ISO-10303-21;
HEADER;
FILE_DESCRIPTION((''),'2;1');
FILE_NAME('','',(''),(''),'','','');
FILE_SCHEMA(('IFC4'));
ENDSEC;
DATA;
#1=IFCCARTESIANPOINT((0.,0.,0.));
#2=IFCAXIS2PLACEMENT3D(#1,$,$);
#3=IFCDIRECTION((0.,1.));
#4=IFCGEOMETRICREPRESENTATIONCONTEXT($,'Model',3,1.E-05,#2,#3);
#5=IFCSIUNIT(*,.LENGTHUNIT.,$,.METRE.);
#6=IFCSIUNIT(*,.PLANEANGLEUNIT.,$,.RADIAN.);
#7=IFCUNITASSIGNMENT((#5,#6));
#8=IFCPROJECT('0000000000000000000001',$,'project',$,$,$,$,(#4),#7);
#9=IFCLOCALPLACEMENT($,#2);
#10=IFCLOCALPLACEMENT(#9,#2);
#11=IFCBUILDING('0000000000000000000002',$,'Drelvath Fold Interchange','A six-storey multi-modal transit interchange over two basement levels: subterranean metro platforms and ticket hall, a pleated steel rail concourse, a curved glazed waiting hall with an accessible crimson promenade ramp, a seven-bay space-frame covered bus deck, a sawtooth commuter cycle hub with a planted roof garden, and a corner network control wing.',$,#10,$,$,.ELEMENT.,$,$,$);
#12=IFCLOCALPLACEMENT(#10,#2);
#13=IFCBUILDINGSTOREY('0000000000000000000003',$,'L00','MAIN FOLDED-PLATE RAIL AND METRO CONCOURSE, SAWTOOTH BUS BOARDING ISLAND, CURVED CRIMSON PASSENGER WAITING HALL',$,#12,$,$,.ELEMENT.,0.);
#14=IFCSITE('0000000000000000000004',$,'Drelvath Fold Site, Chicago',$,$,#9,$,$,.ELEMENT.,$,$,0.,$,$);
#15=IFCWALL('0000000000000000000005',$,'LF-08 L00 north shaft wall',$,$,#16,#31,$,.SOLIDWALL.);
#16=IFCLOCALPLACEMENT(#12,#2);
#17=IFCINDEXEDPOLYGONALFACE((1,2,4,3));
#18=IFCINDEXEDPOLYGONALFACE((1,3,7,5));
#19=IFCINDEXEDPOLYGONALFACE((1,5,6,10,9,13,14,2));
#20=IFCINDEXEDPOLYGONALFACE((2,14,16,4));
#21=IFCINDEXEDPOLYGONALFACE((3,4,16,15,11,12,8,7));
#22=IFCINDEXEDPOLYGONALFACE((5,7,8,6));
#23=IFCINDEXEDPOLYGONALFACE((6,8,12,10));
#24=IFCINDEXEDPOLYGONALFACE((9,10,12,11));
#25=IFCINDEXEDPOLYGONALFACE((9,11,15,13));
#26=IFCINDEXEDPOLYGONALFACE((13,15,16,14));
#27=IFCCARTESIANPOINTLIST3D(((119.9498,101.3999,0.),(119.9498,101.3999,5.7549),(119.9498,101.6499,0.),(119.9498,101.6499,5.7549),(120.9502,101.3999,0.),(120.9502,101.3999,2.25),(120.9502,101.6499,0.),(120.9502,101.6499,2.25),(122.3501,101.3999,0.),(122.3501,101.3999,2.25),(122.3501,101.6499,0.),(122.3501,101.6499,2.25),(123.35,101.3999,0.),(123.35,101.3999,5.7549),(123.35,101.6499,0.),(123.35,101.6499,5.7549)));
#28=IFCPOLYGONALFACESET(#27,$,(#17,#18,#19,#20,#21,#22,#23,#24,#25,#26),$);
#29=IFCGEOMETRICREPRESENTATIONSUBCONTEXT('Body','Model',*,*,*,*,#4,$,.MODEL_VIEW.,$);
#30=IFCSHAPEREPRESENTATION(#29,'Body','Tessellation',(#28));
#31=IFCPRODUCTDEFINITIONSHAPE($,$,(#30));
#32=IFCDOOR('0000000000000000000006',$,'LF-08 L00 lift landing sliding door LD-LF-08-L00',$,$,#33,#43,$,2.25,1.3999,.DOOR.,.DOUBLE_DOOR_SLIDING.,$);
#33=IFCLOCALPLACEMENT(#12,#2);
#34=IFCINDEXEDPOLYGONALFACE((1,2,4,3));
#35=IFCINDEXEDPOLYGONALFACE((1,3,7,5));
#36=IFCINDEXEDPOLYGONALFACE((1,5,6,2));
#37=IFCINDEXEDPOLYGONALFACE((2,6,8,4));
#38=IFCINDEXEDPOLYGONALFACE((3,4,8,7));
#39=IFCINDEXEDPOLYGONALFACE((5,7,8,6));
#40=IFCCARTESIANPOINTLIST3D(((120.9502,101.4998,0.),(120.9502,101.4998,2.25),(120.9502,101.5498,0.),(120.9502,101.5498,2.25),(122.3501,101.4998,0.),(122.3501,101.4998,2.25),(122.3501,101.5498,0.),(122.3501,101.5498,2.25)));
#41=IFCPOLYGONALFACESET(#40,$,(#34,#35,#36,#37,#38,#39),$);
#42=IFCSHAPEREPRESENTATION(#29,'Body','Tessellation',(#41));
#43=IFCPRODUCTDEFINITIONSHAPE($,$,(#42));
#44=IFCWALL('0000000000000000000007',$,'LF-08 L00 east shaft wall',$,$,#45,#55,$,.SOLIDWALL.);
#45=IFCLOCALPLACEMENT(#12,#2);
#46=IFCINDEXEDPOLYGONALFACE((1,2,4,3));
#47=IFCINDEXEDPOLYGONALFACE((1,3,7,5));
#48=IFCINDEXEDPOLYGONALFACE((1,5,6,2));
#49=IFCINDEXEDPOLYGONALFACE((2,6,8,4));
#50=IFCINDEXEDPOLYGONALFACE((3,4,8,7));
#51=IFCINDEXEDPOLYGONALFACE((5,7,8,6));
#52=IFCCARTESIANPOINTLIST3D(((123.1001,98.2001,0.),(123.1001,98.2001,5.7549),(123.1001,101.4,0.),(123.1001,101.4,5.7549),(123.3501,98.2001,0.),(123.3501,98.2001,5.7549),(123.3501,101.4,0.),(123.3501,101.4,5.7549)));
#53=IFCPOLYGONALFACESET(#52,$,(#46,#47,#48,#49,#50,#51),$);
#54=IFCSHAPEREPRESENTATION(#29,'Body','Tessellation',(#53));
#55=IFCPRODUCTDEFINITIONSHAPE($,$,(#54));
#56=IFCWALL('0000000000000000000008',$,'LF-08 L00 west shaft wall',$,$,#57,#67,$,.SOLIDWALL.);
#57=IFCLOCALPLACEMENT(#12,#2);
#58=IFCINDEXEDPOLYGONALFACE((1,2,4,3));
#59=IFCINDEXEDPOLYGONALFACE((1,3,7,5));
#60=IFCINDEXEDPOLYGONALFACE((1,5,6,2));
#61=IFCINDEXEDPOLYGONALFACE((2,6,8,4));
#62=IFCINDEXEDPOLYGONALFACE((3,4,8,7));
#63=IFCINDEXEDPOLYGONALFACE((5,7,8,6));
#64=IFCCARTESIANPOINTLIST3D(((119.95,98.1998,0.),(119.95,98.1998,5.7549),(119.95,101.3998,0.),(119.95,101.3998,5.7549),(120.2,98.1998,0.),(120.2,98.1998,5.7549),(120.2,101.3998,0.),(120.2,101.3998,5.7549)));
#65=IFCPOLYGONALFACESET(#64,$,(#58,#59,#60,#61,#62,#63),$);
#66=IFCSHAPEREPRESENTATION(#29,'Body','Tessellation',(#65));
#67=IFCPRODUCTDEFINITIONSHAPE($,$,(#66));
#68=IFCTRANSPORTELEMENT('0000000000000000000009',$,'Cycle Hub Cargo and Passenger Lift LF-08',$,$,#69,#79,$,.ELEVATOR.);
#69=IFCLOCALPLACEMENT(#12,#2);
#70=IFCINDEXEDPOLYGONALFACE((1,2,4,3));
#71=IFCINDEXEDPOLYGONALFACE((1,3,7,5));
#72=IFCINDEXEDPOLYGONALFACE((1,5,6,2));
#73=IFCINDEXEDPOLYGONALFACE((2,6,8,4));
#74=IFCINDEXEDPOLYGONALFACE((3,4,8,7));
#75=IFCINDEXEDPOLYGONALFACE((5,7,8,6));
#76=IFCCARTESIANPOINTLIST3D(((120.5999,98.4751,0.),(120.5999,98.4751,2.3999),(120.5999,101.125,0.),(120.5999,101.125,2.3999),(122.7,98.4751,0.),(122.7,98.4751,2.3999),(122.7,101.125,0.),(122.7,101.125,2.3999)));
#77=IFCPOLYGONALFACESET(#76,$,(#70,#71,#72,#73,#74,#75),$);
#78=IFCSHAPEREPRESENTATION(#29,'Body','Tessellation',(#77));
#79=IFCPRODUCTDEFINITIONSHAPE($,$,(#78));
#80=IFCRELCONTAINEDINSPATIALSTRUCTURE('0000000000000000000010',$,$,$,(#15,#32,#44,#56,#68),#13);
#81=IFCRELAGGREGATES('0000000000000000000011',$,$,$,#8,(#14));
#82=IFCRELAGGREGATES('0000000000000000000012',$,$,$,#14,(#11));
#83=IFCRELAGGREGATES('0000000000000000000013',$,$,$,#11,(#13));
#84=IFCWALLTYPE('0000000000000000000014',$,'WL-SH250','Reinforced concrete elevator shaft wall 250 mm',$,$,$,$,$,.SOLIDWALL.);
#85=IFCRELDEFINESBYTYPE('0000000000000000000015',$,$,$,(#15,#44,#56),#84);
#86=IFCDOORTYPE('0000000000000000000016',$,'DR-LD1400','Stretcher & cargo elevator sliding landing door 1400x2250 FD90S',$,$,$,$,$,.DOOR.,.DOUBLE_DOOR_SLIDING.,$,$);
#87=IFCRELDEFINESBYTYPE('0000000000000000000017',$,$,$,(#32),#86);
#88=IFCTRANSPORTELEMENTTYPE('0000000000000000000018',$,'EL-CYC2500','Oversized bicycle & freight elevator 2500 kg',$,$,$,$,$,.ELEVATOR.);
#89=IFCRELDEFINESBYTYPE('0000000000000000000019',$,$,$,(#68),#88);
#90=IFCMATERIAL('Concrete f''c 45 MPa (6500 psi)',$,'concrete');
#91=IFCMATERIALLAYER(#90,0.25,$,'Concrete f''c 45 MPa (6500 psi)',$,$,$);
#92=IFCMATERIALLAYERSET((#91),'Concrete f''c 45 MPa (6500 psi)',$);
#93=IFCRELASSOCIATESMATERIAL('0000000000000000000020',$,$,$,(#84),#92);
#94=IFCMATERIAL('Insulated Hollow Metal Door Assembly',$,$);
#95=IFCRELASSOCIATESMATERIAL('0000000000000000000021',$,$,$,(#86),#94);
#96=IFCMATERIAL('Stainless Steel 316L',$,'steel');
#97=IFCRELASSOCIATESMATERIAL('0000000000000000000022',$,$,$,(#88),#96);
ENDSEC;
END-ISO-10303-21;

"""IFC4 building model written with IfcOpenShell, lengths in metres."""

from ifc_helpers import new_model, si_unit, direction, frame, frame_2d, origin, origin_2d, place, context, subcontext, project, spatial, rectangle, extrude, material, layer, layer_set, type_object, element, fill, save


model = new_model("IFC4")

# Units and contexts
model_context = context("Model", 3, precision=1e-05, world=origin(), true_north=direction((0.0, 1.0)))
body_context = subcontext(model_context, "Body", "Model", "MODEL_VIEW")
ifc_project = project(units=[si_unit("LENGTHUNIT", "METRE"), si_unit("PLANEANGLEUNIT", "RADIAN")], contexts=[model_context])

# Site, building, storey
site_placement = place(None, origin())
site = spatial("IfcSite", under=ifc_project, at=site_placement, Name="Drelvath Fold Site, Chicago", CompositionType="ELEMENT", RefElevation=0.0)
building_placement = place(site_placement, origin())
building = spatial("IfcBuilding", under=site, at=building_placement, Name="Drelvath Fold Interchange", Description="A six-storey multi-modal transit interchange over two basement levels: subterranean metro platforms and ticket hall, a pleated steel rail concourse, a curved glazed waiting hall with an accessible crimson promenade ramp, a seven-bay space-frame covered bus deck, a sawtooth commuter cycle hub with a planted roof garden, and a corner network control wing.", CompositionType="ELEMENT")
storey_placement = place(building_placement, origin())
storey = spatial("IfcBuildingStorey", under=building, at=storey_placement, Name="L00", Description="MAIN FOLDED-PLATE RAIL AND METRO CONCOURSE, SAWTOOTH BUS BOARDING ISLAND, CURVED CRIMSON PASSENGER WAITING HALL", CompositionType="ELEMENT", Elevation=0.0)

# Shared definitions
ifc_material_1 = material(Name="Concrete f'c 45 MPa (6500 psi)", Category="concrete")

# Shared definitions
ifc_layer_1 = layer(ifc_material_1, 0.25, Name="Concrete f'c 45 MPa (6500 psi)")
ifc_layer_set_1 = layer_set([ifc_layer_1], Name="Concrete f'c 45 MPa (6500 psi)")
wall_type_1 = type_object("IfcWallType", Name="WL-SH250", Description="Reinforced concrete elevator shaft wall 250 mm", PredefinedType="SOLIDWALL", material=ifc_layer_set_1)

# Wall, opening, door
wall_1_placement = place(storey_placement, frame((123.3501, 101.5249, 0.0), z_axis=(0.0, 0.0, 1.0), x_axis=(-1.0, 0.0, 0.0)))
wall_1 = element("IfcWall", 1, at=wall_1_placement, inside=storey, type_object=wall_type_1, Name="LF-08 L00 north shaft wall", PredefinedType="SOLIDWALL", context=body_context, shape_type="SweptSolid", body=[
    extrude(rectangle(XDim=3.4001, YDim=0.25, at=frame_2d((1.7002, 0.0))), origin(), (0.0, 0.0, 1.0), 5.7549),
])
opening_1_placement = place(wall_1_placement, frame((1.0, 0.0, 0.0)))
opening_1 = element("IfcOpeningElement", 2, at=opening_1_placement, cuts=wall_1, PredefinedType="OPENING", context=body_context, shape_type="SweptSolid", body=[
    extrude(rectangle(XDim=1.3999, YDim=2.25, at=frame_2d((0.7, 1.125))), frame((0.0, 0.135, 0.0), z_axis=(0.0, -1.0, 0.0), x_axis=(1.0, 0.0, 0.0)), (0.0, 0.0, 1.0), 0.27),
])
ifc_material_2 = material(Name="Insulated Hollow Metal Door Assembly")
door_type = type_object("IfcDoorType", Name="DR-LD1400", Description="Stretcher & cargo elevator sliding landing door 1400x2250 FD90S", OperationType="DOUBLE_DOOR_SLIDING", PredefinedType="DOOR", material=ifc_material_2)
door_placement = place(opening_1_placement, frame((1.3999, 0.0, 0.0), z_axis=(0.0, 0.0, 1.0), x_axis=(-1.0, 0.0, 0.0)))
door = element("IfcDoor", 3, at=door_placement, inside=storey, type_object=door_type, Name="LF-08 L00 lift landing sliding door LD-LF-08-L00", OperationType="DOUBLE_DOOR_SLIDING", OverallHeight=2.25, OverallWidth=1.3999, PredefinedType="DOOR", context=body_context, shape_type="SweptSolid", body=[
    extrude(rectangle(XDim=1.3999, YDim=2.25, at=frame_2d((0.7, 1.125))), frame((0.0, 0.0249, 0.0), z_axis=(0.0, -1.0, 0.0), x_axis=(1.0, 0.0, 0.0)), (0.0, 0.0, 1.0), 0.05),
])
fill(opening_1, door)

# Walls
for number, where, z_axis, x_axis, name in (
    (4, (123.2251, 98.2, 0.0), (0.0, 0.0, 1.0), (0.0, 1.0, 0.0), "LF-08 L00 east shaft wall"),
    (5, (120.075, 101.3999, 0.0), (0.0, 0.0, 1.0), (0.0, -1.0, 0.0), "LF-08 L00 west shaft wall"),
):
    element("IfcWall", number, at=place(storey_placement, frame(where, z_axis=z_axis, x_axis=x_axis)), inside=storey, type_object=wall_type_1, Name=name, PredefinedType="SOLIDWALL", context=body_context, shape_type="SweptSolid", body=[
        extrude(rectangle(XDim=3.2, YDim=0.25, at=frame_2d((1.6001, 0.0))), origin(), (0.0, 0.0, 1.0), 5.7549),
    ])

# Transport element
ifc_material_3 = material(Name="Stainless Steel 316L", Category="steel")
transport_element_type = type_object("IfcTransportElementType", Name="EL-CYC2500", Description="Oversized bicycle & freight elevator 2500 kg", PredefinedType="ELEVATOR", material=ifc_material_3)
transport_element_placement = place(storey_placement, frame((121.6499, 99.8, 0.0), z_axis=(0.0, 0.0, 1.0), x_axis=(1.0, 0.0, 0.0)))
element("IfcTransportElement", 6, at=transport_element_placement, inside=storey, type_object=transport_element_type, Name="Cycle Hub Cargo and Passenger Lift LF-08", PredefinedType="ELEVATOR", context=body_context, shape_type="SweptSolid", body=[
    extrude(rectangle(XDim=2.1001, YDim=2.6499, at=origin_2d()), origin(), (0.0, 0.0, 1.0), 2.3999),
])

save(model, "model.ifc")
